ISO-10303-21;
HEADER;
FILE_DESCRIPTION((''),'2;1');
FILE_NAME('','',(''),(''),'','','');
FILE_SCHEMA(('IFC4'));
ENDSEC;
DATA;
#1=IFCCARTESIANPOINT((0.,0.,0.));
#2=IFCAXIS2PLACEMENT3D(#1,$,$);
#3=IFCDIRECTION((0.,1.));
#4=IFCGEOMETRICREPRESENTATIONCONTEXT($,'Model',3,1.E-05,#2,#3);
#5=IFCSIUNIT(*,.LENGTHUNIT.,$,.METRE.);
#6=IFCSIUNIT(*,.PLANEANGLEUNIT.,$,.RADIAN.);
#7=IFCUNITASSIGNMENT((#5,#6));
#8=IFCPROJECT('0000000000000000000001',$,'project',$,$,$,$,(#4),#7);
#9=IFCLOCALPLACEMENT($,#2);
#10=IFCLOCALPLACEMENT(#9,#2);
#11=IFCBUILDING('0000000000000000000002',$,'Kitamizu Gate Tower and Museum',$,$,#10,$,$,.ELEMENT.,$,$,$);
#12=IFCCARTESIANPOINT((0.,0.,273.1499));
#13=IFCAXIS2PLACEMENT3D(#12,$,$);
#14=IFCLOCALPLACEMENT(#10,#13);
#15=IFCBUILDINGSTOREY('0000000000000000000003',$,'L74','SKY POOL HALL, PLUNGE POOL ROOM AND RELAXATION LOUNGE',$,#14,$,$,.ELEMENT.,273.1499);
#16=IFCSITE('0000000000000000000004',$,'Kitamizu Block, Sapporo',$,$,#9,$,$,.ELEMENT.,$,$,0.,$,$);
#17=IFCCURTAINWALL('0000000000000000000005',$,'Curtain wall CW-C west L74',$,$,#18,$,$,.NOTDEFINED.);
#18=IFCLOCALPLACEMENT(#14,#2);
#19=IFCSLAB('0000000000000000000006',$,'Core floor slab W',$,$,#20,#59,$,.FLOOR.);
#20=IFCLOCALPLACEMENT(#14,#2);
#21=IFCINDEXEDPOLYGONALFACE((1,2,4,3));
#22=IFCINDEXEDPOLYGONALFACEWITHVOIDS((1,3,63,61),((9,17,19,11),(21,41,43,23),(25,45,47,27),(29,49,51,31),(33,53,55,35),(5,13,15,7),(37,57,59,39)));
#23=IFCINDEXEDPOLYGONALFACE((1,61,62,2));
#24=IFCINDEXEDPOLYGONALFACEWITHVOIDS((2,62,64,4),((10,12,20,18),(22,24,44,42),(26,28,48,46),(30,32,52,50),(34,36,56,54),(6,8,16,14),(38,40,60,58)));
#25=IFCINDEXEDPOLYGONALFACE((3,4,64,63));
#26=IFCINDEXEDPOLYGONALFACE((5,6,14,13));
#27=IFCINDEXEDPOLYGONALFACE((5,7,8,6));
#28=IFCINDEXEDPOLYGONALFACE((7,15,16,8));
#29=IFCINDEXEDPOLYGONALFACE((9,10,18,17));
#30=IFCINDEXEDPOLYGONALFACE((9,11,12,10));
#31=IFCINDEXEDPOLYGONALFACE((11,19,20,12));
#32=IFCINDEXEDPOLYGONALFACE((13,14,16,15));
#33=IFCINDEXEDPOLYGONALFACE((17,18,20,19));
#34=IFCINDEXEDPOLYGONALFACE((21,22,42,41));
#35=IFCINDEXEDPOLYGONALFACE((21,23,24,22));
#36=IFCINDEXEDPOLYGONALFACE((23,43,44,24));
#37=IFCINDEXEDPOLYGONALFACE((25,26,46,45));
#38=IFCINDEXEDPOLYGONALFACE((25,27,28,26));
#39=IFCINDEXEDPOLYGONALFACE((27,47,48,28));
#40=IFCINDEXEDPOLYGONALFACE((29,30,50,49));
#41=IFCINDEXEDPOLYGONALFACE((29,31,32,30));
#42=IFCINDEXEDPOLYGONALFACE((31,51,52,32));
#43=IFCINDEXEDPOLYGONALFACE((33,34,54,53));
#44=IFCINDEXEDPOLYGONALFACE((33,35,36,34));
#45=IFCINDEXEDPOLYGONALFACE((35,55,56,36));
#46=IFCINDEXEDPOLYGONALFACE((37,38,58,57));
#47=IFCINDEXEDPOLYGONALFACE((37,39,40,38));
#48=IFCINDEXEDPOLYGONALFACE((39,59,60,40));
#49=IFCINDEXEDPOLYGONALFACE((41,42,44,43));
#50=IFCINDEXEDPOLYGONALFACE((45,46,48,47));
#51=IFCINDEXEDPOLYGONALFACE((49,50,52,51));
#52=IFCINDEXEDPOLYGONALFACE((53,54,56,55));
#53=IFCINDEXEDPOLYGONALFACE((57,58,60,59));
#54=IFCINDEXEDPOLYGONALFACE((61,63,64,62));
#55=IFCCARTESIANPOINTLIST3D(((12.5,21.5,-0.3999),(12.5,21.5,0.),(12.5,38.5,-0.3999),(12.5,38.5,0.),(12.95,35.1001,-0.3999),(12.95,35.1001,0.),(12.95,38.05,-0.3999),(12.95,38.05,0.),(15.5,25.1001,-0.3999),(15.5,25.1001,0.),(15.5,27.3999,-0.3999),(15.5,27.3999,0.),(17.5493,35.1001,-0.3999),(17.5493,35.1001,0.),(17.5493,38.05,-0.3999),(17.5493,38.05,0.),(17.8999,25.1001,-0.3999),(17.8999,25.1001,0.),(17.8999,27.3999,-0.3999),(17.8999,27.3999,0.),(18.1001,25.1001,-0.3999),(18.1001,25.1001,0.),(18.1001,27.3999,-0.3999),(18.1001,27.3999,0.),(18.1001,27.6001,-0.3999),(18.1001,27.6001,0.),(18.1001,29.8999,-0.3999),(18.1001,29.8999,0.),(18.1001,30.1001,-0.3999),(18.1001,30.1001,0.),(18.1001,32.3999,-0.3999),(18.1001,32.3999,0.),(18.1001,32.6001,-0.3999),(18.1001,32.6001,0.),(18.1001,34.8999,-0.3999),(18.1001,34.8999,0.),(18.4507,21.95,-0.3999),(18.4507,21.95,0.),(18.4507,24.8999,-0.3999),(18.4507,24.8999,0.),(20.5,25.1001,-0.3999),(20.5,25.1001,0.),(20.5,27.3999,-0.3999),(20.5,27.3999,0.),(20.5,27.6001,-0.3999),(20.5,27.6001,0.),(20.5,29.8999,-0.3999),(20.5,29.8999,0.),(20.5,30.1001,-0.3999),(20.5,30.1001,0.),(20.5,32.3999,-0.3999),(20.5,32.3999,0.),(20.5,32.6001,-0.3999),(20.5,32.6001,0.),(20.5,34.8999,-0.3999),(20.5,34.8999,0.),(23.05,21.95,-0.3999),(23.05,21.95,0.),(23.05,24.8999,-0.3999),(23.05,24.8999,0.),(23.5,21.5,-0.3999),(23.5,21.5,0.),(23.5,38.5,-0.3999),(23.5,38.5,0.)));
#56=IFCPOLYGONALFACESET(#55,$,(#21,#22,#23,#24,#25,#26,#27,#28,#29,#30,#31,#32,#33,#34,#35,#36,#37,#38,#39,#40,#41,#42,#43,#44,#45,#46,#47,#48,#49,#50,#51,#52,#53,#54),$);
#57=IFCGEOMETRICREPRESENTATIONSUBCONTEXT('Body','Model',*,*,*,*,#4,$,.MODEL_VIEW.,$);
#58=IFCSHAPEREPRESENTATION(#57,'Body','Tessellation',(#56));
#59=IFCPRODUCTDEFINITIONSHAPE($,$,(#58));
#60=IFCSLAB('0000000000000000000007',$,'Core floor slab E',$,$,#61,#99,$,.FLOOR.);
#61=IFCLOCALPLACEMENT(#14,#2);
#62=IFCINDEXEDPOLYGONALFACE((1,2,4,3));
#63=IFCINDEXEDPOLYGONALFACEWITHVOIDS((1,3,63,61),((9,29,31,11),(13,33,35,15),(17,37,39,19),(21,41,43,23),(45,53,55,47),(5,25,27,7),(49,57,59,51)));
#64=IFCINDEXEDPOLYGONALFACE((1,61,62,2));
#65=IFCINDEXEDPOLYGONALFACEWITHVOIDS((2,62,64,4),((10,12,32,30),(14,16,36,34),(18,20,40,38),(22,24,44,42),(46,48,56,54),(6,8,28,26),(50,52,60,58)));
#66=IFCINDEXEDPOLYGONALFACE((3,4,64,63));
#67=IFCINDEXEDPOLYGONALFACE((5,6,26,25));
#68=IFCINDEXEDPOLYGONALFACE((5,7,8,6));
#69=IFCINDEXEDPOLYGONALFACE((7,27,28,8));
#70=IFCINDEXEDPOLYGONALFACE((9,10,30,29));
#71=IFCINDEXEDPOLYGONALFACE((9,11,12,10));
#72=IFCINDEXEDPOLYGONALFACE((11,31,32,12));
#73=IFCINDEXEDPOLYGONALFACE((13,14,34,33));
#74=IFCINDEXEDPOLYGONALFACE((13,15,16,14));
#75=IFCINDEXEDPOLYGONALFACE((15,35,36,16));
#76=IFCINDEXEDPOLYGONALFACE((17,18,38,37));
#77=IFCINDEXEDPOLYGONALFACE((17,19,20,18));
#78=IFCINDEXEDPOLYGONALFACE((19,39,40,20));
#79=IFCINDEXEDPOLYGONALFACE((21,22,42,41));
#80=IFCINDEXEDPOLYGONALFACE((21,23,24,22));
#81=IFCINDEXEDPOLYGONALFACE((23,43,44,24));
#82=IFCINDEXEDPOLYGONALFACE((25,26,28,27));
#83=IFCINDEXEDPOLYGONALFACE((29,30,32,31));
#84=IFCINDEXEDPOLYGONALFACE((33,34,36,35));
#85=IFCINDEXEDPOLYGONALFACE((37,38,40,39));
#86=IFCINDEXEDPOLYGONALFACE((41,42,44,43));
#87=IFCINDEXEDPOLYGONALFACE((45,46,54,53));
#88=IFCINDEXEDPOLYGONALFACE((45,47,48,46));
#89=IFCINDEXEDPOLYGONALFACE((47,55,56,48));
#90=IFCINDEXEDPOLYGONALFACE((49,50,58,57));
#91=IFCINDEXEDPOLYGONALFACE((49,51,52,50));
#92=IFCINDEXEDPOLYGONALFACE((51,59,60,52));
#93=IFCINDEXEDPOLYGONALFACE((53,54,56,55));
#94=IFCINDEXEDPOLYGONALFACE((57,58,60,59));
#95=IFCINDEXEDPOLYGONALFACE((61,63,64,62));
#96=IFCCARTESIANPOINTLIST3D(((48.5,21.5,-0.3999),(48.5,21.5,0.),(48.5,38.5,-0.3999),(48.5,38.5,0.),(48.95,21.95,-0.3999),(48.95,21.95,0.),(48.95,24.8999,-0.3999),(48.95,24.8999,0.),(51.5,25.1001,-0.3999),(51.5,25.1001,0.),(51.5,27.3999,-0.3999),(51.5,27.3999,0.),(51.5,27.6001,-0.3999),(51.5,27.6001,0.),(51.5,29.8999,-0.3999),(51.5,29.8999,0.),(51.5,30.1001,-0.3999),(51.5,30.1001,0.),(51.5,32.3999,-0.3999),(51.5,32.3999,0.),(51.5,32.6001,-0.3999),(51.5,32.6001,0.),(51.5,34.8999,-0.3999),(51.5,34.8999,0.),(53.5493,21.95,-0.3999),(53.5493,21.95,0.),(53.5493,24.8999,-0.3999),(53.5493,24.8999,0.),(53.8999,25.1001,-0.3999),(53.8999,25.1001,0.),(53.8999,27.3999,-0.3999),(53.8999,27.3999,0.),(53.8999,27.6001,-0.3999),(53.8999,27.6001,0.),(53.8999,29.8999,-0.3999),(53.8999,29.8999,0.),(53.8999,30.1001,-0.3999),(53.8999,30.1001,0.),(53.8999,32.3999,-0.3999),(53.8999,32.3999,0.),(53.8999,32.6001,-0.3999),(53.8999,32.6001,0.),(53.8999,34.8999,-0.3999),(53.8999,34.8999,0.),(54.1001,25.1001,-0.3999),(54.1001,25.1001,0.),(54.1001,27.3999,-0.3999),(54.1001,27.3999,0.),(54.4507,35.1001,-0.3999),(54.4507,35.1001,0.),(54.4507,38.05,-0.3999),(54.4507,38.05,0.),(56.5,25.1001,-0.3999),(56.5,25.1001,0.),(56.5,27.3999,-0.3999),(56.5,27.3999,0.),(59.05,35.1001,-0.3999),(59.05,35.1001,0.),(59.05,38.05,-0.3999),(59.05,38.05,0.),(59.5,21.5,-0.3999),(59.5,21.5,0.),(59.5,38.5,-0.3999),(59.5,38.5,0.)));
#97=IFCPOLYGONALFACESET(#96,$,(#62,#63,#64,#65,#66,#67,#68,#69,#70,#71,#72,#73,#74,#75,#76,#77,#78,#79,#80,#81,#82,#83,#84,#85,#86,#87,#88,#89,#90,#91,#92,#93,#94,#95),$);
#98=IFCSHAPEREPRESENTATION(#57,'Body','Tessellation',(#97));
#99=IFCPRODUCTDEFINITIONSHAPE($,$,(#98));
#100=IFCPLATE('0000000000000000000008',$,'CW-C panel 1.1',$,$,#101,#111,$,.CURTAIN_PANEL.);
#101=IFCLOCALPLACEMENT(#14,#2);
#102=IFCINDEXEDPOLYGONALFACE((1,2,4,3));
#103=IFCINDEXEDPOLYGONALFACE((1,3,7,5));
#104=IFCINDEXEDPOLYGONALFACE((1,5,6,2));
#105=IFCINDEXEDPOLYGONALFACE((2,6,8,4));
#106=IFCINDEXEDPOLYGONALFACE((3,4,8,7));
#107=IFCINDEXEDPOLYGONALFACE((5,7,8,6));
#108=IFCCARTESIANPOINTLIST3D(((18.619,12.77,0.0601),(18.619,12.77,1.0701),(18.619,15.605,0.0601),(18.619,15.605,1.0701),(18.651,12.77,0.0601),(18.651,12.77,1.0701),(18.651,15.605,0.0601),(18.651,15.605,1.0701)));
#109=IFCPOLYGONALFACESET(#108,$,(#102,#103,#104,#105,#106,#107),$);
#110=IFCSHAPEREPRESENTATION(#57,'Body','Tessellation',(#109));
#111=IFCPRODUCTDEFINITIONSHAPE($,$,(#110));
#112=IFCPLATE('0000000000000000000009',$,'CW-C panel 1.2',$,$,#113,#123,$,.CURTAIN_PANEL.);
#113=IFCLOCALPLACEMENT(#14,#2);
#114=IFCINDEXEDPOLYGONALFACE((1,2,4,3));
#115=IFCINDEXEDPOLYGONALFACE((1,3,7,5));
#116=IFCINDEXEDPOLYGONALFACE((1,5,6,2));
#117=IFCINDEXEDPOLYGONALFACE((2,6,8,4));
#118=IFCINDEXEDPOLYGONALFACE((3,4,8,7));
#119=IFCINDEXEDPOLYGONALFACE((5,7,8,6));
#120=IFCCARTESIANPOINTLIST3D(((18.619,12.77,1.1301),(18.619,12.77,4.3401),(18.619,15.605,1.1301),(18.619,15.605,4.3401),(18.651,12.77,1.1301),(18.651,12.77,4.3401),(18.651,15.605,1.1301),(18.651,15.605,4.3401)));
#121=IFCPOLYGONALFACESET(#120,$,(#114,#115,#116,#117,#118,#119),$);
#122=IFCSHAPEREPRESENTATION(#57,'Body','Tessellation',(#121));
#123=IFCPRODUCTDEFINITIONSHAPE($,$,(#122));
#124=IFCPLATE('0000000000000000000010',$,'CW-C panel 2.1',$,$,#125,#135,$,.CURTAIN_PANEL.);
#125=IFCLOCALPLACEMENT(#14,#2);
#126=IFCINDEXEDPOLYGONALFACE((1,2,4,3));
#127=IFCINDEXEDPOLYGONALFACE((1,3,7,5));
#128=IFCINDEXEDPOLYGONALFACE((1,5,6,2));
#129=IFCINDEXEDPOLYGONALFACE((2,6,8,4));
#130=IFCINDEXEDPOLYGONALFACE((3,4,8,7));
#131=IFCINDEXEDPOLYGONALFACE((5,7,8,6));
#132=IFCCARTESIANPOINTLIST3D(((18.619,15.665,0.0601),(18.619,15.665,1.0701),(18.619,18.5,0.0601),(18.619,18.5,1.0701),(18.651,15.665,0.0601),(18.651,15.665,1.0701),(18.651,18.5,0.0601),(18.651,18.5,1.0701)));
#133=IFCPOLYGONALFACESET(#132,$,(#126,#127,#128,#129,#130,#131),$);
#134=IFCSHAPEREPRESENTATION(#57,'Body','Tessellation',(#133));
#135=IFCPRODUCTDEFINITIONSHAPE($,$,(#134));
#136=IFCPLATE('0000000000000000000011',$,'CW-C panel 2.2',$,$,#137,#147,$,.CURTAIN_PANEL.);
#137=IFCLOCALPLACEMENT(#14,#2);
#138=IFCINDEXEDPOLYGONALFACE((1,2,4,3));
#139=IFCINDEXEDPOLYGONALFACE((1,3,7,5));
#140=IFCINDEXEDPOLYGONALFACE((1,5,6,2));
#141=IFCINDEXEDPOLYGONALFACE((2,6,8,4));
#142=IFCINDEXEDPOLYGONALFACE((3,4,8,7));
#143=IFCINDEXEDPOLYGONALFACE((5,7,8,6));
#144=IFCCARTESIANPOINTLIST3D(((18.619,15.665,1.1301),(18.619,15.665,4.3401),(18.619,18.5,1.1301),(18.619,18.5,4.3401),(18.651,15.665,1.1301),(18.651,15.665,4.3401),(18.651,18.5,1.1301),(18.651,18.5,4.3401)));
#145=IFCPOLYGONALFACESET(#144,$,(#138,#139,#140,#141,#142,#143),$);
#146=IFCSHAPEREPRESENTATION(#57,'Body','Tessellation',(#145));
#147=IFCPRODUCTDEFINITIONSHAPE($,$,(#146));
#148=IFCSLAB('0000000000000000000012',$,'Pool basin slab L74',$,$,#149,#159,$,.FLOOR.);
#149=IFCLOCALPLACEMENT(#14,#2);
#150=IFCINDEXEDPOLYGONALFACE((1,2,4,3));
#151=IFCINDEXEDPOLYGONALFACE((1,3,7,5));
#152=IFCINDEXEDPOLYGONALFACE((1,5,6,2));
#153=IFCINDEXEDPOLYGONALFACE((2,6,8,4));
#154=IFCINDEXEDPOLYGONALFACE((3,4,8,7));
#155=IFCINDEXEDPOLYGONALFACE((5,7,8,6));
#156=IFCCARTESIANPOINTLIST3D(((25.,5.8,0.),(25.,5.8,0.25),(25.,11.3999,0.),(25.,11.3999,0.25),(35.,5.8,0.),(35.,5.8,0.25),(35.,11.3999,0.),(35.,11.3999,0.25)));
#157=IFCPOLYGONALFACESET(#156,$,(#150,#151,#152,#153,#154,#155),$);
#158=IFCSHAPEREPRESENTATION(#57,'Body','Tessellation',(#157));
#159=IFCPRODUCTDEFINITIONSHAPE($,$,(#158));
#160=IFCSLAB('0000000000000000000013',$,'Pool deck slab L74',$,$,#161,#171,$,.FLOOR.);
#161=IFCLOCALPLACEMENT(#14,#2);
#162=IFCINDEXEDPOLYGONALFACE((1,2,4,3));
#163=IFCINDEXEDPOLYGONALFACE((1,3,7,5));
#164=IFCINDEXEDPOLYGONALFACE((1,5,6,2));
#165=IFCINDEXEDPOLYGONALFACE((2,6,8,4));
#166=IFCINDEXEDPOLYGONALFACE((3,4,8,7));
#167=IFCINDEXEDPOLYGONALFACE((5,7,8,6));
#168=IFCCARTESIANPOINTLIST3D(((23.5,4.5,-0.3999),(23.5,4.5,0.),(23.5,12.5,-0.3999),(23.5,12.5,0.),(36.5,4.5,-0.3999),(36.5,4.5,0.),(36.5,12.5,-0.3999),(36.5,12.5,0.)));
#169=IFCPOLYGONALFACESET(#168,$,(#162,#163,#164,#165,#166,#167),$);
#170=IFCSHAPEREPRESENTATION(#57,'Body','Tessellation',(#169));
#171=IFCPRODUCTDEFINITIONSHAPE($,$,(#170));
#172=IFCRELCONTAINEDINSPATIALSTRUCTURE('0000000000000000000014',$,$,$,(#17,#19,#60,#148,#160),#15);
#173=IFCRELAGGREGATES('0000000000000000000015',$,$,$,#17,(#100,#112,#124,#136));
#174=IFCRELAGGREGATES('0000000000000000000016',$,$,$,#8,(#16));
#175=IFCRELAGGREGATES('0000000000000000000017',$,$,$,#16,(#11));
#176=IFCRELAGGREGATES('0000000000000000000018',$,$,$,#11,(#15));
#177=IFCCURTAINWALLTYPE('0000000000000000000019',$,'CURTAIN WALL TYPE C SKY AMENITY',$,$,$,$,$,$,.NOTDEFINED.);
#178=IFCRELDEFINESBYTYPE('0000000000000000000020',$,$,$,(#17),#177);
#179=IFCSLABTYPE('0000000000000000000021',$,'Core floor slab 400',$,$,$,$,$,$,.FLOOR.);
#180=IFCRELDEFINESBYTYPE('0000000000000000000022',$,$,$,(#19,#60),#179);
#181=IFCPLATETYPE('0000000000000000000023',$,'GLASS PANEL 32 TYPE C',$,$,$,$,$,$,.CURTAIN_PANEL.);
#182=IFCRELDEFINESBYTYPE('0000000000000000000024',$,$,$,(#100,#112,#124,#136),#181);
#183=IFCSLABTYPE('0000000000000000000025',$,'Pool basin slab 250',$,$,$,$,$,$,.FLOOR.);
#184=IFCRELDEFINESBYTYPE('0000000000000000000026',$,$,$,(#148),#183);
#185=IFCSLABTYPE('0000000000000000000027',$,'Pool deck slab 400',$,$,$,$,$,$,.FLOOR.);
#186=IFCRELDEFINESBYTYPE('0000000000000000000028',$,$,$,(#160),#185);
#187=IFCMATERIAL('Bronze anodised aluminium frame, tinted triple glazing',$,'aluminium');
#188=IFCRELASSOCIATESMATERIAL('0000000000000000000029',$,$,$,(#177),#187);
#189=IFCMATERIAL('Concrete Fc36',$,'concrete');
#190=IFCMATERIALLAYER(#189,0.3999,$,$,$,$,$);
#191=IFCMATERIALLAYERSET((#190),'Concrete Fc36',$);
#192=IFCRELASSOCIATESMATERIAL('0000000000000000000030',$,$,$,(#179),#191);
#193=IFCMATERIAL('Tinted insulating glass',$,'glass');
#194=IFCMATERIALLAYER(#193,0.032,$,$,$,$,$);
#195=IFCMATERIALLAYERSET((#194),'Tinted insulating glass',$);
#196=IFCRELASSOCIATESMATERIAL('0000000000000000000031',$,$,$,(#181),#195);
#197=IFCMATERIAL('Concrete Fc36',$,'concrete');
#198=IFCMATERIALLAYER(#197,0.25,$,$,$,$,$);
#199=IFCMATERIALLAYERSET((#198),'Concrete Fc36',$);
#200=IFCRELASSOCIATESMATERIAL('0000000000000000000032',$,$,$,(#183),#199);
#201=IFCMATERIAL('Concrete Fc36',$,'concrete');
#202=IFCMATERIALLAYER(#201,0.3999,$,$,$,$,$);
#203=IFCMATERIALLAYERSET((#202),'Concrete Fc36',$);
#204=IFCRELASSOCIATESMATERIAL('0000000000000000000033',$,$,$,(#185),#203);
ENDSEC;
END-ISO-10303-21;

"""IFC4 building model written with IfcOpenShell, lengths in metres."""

from ifc_helpers import new_model, si_unit, direction, frame, origin, origin_2d, place, context, subcontext, project, spatial, polyline, rectangle, outline, extrude, material, layer, layer_set, type_object, element, aggregate, save


model = new_model("IFC4")

# Units and contexts
model_context = context("Model", 3, precision=1e-05, world=origin(), true_north=direction((0.0, 1.0)))
body_context = subcontext(model_context, "Body", "Model", "MODEL_VIEW")
ifc_project = project(units=[si_unit("LENGTHUNIT", "METRE"), si_unit("PLANEANGLEUNIT", "RADIAN")], contexts=[model_context])

# Site, building, storey
site_placement = place(None, origin())
site = spatial("IfcSite", under=ifc_project, at=site_placement, Name="Kitamizu Block, Sapporo", CompositionType="ELEMENT", RefElevation=0.0)
building_placement = place(site_placement, origin())
building = spatial("IfcBuilding", under=site, at=building_placement, Name="Kitamizu Gate Tower and Museum", CompositionType="ELEMENT")
storey_placement = place(building_placement, frame((0.0, 0.0, 273.1499)))
storey = spatial("IfcBuildingStorey", under=building, at=storey_placement, Name="L74", Description="SKY POOL HALL, PLUNGE POOL ROOM AND RELAXATION LOUNGE", CompositionType="ELEMENT", Elevation=273.1499)

# Shared definitions
ifc_material_1 = material(Name="Bronze anodised aluminium frame, tinted triple glazing", Category="aluminium")
curtain_wall_type = type_object("IfcCurtainWallType", Name="CURTAIN WALL TYPE C SKY AMENITY", PredefinedType="NOTDEFINED", material=ifc_material_1)

# Curtain wall
curtain_wall_1_placement = place(storey_placement, origin())
curtain_wall_1 = element("IfcCurtainWall", 1, at=curtain_wall_1_placement, inside=storey, type_object=curtain_wall_type, Name="Curtain wall CW-C west L74", PredefinedType="NOTDEFINED")

# Slabs
ifc_material_2 = material(Name="Concrete Fc36", Category="concrete")
ifc_layer_1 = layer(ifc_material_2, 0.3999)
ifc_layer_set_1 = layer_set([ifc_layer_1], Name="Concrete Fc36")
slab_type_1 = type_object("IfcSlabType", Name="Core floor slab 400", PredefinedType="FLOOR", material=ifc_layer_set_1)
slab_1_placement = place(storey_placement, frame((0.0, 0.0, -0.3999)))
element("IfcSlab", 2, at=slab_1_placement, inside=storey, type_object=slab_type_1, Name="Core floor slab W", PredefinedType="FLOOR", context=body_context, shape_type="SweptSolid", body=[
    extrude(outline(polyline([(12.5, 21.5), (23.5, 21.5), (23.5, 38.5), (12.5, 38.5), (12.5, 21.5)]), holes=[polyline([(15.5, 25.1001), (17.8999, 25.1001), (17.8999, 27.3999), (15.5, 27.3999), (15.5, 25.1001)]), polyline([(18.1001, 25.1001), (20.5, 25.1001), (20.5, 27.3999), (18.1001, 27.3999), (18.1001, 25.1001)]), polyline([(18.1001, 27.6001), (20.5, 27.6001), (20.5, 29.8999), (18.1001, 29.8999), (18.1001, 27.6001)]), polyline([(18.1001, 30.1001), (20.5, 30.1001), (20.5, 32.3999), (18.1001, 32.3999), (18.1001, 30.1001)]), polyline([(18.1001, 32.6001), (20.5, 32.6001), (20.5, 34.8999), (18.1001, 34.8999), (18.1001, 32.6001)]), polyline([(18.4507, 21.95), (23.05, 21.95), (23.05, 24.8999), (18.4507, 24.8999), (18.4507, 21.95)]), polyline([(12.95, 35.1001), (17.5493, 35.1001), (17.5493, 38.05), (12.95, 38.05), (12.95, 35.1001)])]), origin(), (0.0, 0.0, 1.0), 0.3999),
])
slab_2_placement = place(storey_placement, frame((0.0, 0.0, -0.3999)))
element("IfcSlab", 3, at=slab_2_placement, inside=storey, type_object=slab_type_1, Name="Core floor slab E", PredefinedType="FLOOR", context=body_context, shape_type="SweptSolid", body=[
    extrude(outline(polyline([(48.5, 21.5), (59.5, 21.5), (59.5, 38.5), (48.5, 38.5), (48.5, 21.5)]), holes=[polyline([(54.1001, 25.1001), (56.5, 25.1001), (56.5, 27.3999), (54.1001, 27.3999), (54.1001, 25.1001)]), polyline([(51.5, 25.1001), (53.8999, 25.1001), (53.8999, 27.3999), (51.5, 27.3999), (51.5, 25.1001)]), polyline([(51.5, 27.6001), (53.8999, 27.6001), (53.8999, 29.8999), (51.5, 29.8999), (51.5, 27.6001)]), polyline([(51.5, 30.1001), (53.8999, 30.1001), (53.8999, 32.3999), (51.5, 32.3999), (51.5, 30.1001)]), polyline([(51.5, 32.6001), (53.8999, 32.6001), (53.8999, 34.8999), (51.5, 34.8999), (51.5, 32.6001)]), polyline([(48.95, 21.95), (53.5493, 21.95), (53.5493, 24.8999), (48.95, 24.8999), (48.95, 21.95)]), polyline([(54.4507, 35.1001), (59.05, 35.1001), (59.05, 38.05), (54.4507, 38.05), (54.4507, 35.1001)])]), origin(), (0.0, 0.0, 1.0), 0.3999),
])

# Plates
ifc_material_3 = material(Name="Tinted insulating glass", Category="glass")
ifc_layer_2 = layer(ifc_material_3, 0.032)
ifc_layer_set_2 = layer_set([ifc_layer_2], Name="Tinted insulating glass")
plate_type = type_object("IfcPlateType", Name="GLASS PANEL 32 TYPE C", PredefinedType="CURTAIN_PANEL", material=ifc_layer_set_2)
plate_1_placement = place(storey_placement, frame((18.635, 14.1875, 0.0601), z_axis=(0.0, 0.0, 1.0), x_axis=(0.0, 1.0, 0.0)))
plate_1 = element("IfcPlate", 4, at=plate_1_placement, type_object=plate_type, Name="CW-C panel 1.1", PredefinedType="CURTAIN_PANEL", context=body_context, shape_type="SweptSolid", body=[
    extrude(rectangle(XDim=2.835, YDim=0.032, at=origin_2d()), origin(), (0.0, 0.0, 1.0), 1.01),
])
plate_2_placement = place(storey_placement, frame((18.635, 14.1875, 1.1301), z_axis=(0.0, 0.0, 1.0), x_axis=(0.0, 1.0, 0.0)))
plate_2 = element("IfcPlate", 5, at=plate_2_placement, type_object=plate_type, Name="CW-C panel 1.2", PredefinedType="CURTAIN_PANEL", context=body_context, shape_type="SweptSolid", body=[
    extrude(rectangle(XDim=2.835, YDim=0.032, at=origin_2d()), origin(), (0.0, 0.0, 1.0), 3.21),
])
plate_3_placement = place(storey_placement, frame((18.635, 17.0825, 0.0601), z_axis=(0.0, 0.0, 1.0), x_axis=(0.0, 1.0, 0.0)))
plate_3 = element("IfcPlate", 6, at=plate_3_placement, type_object=plate_type, Name="CW-C panel 2.1", PredefinedType="CURTAIN_PANEL", context=body_context, shape_type="SweptSolid", body=[
    extrude(rectangle(XDim=2.835, YDim=0.032, at=origin_2d()), origin(), (0.0, 0.0, 1.0), 1.01),
])
plate_4_placement = place(storey_placement, frame((18.635, 17.0825, 1.1301), z_axis=(0.0, 0.0, 1.0), x_axis=(0.0, 1.0, 0.0)))
plate_4 = element("IfcPlate", 7, at=plate_4_placement, type_object=plate_type, Name="CW-C panel 2.2", PredefinedType="CURTAIN_PANEL", context=body_context, shape_type="SweptSolid", body=[
    extrude(rectangle(XDim=2.835, YDim=0.032, at=origin_2d()), origin(), (0.0, 0.0, 1.0), 3.21),
])
aggregate(curtain_wall_1, [plate_1, plate_2, plate_3, plate_4])

# Slabs
ifc_material_4 = material(Name="Concrete Fc36", Category="concrete")
ifc_layer_3 = layer(ifc_material_4, 0.25)
ifc_layer_set_3 = layer_set([ifc_layer_3], Name="Concrete Fc36")
slab_type_2 = type_object("IfcSlabType", Name="Pool basin slab 250", PredefinedType="FLOOR", material=ifc_layer_set_3)
slab_3_placement = place(storey_placement, origin())
element("IfcSlab", 8, at=slab_3_placement, inside=storey, type_object=slab_type_2, Name="Pool basin slab L74", PredefinedType="FLOOR", context=body_context, shape_type="SweptSolid", body=[
    extrude(outline(polyline([(25.0, 5.8), (35.0, 5.8), (35.0, 11.3999), (25.0, 11.3999), (25.0, 5.8)])), origin(), (0.0, 0.0, 1.0), 0.25),
])
ifc_material_5 = material(Name="Concrete Fc36", Category="concrete")
ifc_layer_4 = layer(ifc_material_5, 0.3999)
ifc_layer_set_4 = layer_set([ifc_layer_4], Name="Concrete Fc36")
slab_type_3 = type_object("IfcSlabType", Name="Pool deck slab 400", PredefinedType="FLOOR", material=ifc_layer_set_4)
slab_4_placement = place(storey_placement, frame((0.0, 0.0, -0.3999)))
element("IfcSlab", 9, at=slab_4_placement, inside=storey, type_object=slab_type_3, Name="Pool deck slab L74", PredefinedType="FLOOR", context=body_context, shape_type="SweptSolid", body=[
    extrude(outline(polyline([(23.5, 4.5), (36.5, 4.5), (36.5, 12.5), (23.5, 12.5), (23.5, 4.5)])), origin(), (0.0, 0.0, 1.0), 0.3999),
])

save(model, "model.ifc")
